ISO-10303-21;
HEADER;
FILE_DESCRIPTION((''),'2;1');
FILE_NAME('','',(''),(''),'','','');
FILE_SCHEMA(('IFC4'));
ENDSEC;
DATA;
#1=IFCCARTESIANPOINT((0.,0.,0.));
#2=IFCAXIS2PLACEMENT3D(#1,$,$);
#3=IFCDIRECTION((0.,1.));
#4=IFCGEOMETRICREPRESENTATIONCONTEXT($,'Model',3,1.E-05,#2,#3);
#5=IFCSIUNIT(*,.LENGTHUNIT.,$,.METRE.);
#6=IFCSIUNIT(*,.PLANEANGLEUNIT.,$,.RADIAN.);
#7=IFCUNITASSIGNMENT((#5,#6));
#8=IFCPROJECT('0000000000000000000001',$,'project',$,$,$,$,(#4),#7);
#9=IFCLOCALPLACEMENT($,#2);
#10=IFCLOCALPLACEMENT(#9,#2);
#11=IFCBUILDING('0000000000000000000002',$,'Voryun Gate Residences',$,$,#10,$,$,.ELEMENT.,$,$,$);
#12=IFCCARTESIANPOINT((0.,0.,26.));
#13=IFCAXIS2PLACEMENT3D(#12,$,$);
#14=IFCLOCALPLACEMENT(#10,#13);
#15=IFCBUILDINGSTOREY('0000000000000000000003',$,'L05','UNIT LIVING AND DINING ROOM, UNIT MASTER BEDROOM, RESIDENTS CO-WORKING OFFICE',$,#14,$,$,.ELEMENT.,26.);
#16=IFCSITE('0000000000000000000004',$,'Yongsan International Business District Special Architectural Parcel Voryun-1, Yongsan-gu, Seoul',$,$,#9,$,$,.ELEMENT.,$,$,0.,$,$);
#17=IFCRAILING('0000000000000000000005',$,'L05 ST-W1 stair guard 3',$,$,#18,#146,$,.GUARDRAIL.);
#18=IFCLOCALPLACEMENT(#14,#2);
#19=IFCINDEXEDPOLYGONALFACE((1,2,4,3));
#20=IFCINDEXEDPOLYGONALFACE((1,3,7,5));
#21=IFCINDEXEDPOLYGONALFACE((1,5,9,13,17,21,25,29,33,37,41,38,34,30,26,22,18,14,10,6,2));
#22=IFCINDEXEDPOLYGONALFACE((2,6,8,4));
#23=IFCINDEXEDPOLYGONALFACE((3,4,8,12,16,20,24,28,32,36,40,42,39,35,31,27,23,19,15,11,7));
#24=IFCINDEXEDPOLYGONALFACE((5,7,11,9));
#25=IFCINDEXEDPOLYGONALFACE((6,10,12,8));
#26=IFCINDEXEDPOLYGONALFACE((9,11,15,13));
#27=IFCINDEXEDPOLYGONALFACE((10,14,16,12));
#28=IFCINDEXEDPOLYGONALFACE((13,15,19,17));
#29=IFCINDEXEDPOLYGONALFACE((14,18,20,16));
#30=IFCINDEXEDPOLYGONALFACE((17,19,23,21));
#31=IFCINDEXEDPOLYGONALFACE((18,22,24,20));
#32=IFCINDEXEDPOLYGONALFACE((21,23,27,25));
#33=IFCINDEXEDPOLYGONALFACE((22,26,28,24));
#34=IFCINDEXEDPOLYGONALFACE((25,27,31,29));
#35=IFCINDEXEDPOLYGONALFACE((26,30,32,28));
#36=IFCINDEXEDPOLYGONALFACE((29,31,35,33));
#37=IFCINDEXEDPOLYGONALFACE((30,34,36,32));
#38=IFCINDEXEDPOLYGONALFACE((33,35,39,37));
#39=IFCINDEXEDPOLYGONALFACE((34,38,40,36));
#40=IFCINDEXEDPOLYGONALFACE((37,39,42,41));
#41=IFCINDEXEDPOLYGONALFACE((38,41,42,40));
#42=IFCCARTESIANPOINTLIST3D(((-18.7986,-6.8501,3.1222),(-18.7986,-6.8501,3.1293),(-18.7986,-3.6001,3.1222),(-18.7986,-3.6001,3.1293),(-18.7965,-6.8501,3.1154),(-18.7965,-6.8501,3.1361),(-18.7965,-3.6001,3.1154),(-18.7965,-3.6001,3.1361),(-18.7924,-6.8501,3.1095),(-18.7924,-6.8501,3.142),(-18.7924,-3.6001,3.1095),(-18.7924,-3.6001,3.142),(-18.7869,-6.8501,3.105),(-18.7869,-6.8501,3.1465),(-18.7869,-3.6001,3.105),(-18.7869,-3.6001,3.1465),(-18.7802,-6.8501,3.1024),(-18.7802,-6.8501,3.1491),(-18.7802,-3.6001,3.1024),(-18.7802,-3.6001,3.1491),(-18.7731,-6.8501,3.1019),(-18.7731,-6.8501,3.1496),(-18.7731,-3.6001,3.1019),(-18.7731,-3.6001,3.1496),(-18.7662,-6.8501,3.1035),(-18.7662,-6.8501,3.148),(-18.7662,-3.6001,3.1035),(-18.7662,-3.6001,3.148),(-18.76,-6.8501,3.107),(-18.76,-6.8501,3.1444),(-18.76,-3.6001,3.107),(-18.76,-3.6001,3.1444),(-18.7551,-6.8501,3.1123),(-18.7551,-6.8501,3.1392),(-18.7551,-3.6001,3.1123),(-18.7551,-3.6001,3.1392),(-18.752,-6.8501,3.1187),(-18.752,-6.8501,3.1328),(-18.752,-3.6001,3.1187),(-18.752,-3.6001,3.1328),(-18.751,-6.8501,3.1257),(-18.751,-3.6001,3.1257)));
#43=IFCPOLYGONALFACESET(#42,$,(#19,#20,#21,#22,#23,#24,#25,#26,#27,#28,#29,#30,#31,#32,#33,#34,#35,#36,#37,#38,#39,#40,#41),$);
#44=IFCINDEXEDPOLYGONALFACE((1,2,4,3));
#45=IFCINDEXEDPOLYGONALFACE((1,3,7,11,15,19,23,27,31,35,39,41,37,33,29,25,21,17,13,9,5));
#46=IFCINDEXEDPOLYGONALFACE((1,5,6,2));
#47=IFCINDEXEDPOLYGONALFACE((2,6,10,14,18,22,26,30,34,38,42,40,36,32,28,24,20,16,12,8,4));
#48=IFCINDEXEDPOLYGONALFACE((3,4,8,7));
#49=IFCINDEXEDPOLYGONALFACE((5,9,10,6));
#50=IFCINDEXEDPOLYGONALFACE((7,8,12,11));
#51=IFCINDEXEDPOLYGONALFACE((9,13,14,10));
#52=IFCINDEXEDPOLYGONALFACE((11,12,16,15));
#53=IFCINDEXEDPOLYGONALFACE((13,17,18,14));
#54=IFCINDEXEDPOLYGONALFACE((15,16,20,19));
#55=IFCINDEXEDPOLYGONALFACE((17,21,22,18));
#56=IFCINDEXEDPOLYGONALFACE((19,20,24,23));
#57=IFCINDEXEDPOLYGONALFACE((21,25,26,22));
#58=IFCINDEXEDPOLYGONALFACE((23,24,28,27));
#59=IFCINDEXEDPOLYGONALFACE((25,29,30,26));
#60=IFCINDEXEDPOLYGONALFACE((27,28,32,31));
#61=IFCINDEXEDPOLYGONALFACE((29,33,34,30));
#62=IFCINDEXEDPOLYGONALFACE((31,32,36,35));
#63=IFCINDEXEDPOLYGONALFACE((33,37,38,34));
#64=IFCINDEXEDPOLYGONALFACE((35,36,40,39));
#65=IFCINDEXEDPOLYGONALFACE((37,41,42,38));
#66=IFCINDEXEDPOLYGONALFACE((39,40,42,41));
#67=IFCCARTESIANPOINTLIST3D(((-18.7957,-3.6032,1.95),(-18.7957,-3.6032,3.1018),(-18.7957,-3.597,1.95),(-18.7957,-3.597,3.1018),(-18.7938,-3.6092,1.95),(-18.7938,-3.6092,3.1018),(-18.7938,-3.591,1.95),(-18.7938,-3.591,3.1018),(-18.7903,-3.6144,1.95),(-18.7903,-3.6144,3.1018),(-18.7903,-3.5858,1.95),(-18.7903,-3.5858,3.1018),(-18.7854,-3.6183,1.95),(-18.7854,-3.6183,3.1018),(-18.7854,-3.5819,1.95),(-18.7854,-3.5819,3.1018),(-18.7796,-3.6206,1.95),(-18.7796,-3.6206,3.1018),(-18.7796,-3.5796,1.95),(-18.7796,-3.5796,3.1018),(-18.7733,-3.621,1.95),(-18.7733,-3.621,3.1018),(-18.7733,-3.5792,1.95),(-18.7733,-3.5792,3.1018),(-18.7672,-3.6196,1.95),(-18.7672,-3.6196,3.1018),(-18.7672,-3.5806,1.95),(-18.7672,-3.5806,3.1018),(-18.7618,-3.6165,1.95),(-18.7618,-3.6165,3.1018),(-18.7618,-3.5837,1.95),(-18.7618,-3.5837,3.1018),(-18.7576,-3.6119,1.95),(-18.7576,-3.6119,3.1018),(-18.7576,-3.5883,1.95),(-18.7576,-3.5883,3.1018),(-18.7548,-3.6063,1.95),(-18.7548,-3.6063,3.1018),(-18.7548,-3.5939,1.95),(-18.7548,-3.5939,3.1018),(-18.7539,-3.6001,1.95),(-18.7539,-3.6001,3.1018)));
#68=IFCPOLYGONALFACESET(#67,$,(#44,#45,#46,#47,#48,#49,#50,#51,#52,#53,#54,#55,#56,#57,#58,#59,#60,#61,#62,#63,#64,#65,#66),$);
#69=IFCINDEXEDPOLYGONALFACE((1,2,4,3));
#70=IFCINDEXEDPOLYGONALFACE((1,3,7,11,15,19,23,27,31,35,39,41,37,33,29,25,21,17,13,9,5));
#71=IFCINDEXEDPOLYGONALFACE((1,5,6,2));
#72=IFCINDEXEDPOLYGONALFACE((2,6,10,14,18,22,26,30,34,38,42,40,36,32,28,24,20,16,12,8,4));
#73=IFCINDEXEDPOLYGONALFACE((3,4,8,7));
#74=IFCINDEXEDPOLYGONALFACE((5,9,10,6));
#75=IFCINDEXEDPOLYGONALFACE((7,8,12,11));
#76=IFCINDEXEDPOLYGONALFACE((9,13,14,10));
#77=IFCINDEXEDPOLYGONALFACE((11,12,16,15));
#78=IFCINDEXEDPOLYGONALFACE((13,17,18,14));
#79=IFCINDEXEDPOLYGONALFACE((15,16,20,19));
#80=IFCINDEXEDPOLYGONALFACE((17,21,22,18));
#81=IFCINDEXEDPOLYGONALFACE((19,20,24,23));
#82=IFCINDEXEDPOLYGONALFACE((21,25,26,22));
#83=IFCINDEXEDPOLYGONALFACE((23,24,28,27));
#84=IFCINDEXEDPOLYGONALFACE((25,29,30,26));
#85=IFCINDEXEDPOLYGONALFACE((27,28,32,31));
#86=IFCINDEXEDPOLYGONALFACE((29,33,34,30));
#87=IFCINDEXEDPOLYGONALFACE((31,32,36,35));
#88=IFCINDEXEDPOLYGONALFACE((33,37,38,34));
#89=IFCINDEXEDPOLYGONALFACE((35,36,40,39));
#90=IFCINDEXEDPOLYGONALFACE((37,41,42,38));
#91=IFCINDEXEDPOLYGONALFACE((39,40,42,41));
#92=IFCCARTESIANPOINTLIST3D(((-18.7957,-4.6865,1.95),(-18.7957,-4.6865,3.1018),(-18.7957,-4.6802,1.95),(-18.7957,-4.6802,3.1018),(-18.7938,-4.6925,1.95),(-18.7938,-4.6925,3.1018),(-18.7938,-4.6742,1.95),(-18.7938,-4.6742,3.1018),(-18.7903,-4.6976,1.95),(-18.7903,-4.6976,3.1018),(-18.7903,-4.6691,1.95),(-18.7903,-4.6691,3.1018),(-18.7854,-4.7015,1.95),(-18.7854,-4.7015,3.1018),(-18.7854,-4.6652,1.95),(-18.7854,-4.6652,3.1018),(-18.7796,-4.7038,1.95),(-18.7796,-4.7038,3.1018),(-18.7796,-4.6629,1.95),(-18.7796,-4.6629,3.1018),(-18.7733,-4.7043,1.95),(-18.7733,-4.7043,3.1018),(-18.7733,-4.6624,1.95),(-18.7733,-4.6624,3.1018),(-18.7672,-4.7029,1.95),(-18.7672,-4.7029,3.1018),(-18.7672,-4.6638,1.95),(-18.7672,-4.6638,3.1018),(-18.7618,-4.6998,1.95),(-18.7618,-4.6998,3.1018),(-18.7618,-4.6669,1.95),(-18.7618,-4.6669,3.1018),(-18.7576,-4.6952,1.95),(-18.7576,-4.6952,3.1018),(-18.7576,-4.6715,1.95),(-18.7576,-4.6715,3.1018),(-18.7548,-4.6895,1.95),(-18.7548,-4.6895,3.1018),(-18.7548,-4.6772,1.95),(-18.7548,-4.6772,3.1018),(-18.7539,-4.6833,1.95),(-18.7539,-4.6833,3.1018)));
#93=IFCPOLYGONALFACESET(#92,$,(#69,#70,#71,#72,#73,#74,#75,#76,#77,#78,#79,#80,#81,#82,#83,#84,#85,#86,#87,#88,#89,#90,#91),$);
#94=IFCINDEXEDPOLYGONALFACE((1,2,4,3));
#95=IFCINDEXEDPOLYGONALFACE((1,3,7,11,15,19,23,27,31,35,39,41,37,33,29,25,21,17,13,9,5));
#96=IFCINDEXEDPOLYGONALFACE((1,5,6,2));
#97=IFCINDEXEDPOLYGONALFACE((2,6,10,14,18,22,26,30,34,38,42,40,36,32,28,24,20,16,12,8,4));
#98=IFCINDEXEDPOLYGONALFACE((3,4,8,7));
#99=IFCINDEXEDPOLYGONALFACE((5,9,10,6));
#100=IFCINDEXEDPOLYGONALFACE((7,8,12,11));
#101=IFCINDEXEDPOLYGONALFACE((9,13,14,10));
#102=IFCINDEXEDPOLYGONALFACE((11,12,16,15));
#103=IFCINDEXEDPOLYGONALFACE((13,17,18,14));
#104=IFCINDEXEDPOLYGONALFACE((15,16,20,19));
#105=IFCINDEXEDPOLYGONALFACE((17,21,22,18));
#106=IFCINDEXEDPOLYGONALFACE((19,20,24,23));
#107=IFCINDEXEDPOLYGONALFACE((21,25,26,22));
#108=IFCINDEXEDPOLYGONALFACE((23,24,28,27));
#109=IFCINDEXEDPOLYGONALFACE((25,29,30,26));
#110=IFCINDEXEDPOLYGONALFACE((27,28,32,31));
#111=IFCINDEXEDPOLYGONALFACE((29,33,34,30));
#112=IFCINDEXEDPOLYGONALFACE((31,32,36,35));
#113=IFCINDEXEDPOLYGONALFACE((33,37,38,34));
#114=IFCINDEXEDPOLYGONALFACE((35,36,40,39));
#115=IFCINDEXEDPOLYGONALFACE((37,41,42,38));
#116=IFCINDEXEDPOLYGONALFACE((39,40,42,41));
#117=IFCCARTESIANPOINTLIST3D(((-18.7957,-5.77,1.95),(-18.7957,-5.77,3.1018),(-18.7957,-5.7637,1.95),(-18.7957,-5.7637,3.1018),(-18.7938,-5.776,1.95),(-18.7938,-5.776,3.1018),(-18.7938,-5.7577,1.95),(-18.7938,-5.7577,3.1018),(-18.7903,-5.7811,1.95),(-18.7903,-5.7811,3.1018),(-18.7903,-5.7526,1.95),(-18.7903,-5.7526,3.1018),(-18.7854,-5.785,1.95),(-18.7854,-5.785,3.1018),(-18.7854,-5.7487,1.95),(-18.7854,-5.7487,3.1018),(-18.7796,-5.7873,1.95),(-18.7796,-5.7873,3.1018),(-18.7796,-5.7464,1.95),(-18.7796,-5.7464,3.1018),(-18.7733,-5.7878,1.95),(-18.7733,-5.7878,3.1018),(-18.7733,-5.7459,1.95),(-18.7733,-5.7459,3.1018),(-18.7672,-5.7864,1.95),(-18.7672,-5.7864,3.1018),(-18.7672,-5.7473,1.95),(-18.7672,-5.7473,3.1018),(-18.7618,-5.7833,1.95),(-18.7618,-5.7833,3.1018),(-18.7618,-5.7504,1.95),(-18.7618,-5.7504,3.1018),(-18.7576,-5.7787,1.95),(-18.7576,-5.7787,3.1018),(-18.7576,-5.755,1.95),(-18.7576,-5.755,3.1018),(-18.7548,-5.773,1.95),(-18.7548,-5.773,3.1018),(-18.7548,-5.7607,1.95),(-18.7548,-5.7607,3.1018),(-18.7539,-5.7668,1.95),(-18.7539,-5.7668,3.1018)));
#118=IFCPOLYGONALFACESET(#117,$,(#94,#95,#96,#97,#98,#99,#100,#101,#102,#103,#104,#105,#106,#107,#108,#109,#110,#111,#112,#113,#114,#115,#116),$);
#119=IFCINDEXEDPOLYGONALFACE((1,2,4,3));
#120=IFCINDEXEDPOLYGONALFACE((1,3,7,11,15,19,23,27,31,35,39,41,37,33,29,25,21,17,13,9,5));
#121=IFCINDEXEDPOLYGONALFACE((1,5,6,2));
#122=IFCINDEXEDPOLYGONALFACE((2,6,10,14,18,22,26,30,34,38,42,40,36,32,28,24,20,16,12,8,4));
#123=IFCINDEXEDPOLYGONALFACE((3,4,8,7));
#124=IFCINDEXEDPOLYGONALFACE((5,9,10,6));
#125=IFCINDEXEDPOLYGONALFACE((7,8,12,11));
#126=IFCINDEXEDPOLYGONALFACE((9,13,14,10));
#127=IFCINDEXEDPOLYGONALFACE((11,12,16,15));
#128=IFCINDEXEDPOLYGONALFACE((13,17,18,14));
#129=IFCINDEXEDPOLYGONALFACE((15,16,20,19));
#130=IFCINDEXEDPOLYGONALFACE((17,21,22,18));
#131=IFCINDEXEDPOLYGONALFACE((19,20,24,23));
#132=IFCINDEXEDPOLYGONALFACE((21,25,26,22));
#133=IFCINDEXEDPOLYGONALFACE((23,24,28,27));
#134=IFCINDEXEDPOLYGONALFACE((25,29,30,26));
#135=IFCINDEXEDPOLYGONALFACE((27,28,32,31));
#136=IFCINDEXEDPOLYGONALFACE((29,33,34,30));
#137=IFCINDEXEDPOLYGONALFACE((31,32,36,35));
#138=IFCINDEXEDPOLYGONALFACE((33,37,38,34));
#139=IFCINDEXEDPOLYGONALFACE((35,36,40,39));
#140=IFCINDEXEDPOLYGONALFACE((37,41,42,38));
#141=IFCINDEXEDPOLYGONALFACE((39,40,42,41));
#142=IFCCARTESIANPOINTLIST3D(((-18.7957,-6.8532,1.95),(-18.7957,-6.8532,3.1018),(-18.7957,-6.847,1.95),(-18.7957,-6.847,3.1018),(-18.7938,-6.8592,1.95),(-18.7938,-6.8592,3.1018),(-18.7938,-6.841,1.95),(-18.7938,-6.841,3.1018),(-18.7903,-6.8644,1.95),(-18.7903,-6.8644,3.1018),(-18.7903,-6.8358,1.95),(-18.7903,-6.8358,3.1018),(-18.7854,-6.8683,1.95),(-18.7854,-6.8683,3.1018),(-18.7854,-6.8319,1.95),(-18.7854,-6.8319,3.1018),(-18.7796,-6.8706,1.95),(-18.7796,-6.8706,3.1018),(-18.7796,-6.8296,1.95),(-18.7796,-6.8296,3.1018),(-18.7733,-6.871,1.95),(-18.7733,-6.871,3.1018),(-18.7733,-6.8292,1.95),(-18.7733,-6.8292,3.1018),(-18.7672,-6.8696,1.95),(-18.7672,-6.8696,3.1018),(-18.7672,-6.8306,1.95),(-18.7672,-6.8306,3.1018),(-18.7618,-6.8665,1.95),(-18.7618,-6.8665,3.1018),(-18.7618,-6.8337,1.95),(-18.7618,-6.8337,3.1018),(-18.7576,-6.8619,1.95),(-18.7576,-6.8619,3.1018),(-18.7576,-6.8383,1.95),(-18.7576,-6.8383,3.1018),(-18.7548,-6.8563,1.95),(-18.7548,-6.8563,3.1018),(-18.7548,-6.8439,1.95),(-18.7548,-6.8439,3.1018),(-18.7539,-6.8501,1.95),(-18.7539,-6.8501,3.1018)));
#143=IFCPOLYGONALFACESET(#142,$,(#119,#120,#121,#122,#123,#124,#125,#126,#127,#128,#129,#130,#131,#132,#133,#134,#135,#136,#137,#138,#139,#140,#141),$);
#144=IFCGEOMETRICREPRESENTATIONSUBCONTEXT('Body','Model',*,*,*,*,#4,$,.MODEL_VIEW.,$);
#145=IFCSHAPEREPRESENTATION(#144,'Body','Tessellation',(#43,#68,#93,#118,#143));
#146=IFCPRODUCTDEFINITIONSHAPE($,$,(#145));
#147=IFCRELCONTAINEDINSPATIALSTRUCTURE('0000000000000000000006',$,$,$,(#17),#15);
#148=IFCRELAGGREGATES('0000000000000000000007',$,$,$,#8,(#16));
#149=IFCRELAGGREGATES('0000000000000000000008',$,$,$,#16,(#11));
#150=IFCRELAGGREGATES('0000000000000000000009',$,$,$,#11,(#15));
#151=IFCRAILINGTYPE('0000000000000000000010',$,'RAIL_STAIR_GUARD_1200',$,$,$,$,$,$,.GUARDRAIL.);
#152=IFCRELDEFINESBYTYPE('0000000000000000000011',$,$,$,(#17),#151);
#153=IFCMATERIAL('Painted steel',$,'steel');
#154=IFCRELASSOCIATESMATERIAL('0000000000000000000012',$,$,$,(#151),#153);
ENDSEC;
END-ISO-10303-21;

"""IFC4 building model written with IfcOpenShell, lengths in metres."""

from ifc_helpers import new_model, si_unit, direction, frame, origin, origin_2d, place, context, subcontext, project, spatial, circle, extrude, material, type_object, element, save


model = new_model("IFC4")

# Units and contexts
model_context = context("Model", 3, precision=1e-05, world=origin(), true_north=direction((0.0, 1.0)))
body_context = subcontext(model_context, "Body", "Model", "MODEL_VIEW")
ifc_project = project(units=[si_unit("LENGTHUNIT", "METRE"), si_unit("PLANEANGLEUNIT", "RADIAN")], contexts=[model_context])

# Site, building, storey
site_placement = place(None, origin())
site = spatial("IfcSite", under=ifc_project, at=site_placement, Name="Yongsan International Business District Special Architectural Parcel Voryun-1, Yongsan-gu, Seoul", CompositionType="ELEMENT", RefElevation=0.0)
building_placement = place(site_placement, origin())
building = spatial("IfcBuilding", under=site, at=building_placement, Name="Voryun Gate Residences", CompositionType="ELEMENT")
storey_placement = place(building_placement, frame((0.0, 0.0, 26.0)))
storey = spatial("IfcBuildingStorey", under=building, at=storey_placement, Name="L05", Description="UNIT LIVING AND DINING ROOM, UNIT MASTER BEDROOM, RESIDENTS CO-WORKING OFFICE", CompositionType="ELEMENT", Elevation=26.0)

# Railing
ifc_material_1 = material(Name="Painted steel", Category="steel")
railing_type_1 = type_object("IfcRailingType", Name="RAIL_STAIR_GUARD_1200", PredefinedType="GUARDRAIL", material=ifc_material_1)
for number, where, name in (
    (1, (-18.7749, -3.6001, 1.95), "L05 ST-W1 stair guard 3"),
):
    element("IfcRailing", number, at=place(storey_placement, frame(where)), inside=storey, type_object=railing_type_1, Name=name, PredefinedType="GUARDRAIL", context=body_context, shape_type="SweptSolid", body=[
        extrude(circle(Radius=0.0239, at=origin_2d()), frame((0.0, 0.0, 1.1758), z_axis=(0.0, -1.0, 0.0), x_axis=(1.0, 0.0, 0.0)), (0.0, 0.0, 1.0), 3.25),
        extrude(circle(Radius=0.021, at=origin_2d()), origin(), (0.0, 0.0, 1.0), 1.1519),
        extrude(circle(Radius=0.021, at=origin_2d()), frame((0.0, -1.0833, 0.0)), (0.0, 0.0, 1.0), 1.1519),
        extrude(circle(Radius=0.021, at=origin_2d()), frame((0.0, -2.1667, 0.0)), (0.0, 0.0, 1.0), 1.1519),
        extrude(circle(Radius=0.021, at=origin_2d()), frame((0.0, -3.25, 0.0)), (0.0, 0.0, 1.0), 1.1519),
    ])

save(model, "model.ifc")
